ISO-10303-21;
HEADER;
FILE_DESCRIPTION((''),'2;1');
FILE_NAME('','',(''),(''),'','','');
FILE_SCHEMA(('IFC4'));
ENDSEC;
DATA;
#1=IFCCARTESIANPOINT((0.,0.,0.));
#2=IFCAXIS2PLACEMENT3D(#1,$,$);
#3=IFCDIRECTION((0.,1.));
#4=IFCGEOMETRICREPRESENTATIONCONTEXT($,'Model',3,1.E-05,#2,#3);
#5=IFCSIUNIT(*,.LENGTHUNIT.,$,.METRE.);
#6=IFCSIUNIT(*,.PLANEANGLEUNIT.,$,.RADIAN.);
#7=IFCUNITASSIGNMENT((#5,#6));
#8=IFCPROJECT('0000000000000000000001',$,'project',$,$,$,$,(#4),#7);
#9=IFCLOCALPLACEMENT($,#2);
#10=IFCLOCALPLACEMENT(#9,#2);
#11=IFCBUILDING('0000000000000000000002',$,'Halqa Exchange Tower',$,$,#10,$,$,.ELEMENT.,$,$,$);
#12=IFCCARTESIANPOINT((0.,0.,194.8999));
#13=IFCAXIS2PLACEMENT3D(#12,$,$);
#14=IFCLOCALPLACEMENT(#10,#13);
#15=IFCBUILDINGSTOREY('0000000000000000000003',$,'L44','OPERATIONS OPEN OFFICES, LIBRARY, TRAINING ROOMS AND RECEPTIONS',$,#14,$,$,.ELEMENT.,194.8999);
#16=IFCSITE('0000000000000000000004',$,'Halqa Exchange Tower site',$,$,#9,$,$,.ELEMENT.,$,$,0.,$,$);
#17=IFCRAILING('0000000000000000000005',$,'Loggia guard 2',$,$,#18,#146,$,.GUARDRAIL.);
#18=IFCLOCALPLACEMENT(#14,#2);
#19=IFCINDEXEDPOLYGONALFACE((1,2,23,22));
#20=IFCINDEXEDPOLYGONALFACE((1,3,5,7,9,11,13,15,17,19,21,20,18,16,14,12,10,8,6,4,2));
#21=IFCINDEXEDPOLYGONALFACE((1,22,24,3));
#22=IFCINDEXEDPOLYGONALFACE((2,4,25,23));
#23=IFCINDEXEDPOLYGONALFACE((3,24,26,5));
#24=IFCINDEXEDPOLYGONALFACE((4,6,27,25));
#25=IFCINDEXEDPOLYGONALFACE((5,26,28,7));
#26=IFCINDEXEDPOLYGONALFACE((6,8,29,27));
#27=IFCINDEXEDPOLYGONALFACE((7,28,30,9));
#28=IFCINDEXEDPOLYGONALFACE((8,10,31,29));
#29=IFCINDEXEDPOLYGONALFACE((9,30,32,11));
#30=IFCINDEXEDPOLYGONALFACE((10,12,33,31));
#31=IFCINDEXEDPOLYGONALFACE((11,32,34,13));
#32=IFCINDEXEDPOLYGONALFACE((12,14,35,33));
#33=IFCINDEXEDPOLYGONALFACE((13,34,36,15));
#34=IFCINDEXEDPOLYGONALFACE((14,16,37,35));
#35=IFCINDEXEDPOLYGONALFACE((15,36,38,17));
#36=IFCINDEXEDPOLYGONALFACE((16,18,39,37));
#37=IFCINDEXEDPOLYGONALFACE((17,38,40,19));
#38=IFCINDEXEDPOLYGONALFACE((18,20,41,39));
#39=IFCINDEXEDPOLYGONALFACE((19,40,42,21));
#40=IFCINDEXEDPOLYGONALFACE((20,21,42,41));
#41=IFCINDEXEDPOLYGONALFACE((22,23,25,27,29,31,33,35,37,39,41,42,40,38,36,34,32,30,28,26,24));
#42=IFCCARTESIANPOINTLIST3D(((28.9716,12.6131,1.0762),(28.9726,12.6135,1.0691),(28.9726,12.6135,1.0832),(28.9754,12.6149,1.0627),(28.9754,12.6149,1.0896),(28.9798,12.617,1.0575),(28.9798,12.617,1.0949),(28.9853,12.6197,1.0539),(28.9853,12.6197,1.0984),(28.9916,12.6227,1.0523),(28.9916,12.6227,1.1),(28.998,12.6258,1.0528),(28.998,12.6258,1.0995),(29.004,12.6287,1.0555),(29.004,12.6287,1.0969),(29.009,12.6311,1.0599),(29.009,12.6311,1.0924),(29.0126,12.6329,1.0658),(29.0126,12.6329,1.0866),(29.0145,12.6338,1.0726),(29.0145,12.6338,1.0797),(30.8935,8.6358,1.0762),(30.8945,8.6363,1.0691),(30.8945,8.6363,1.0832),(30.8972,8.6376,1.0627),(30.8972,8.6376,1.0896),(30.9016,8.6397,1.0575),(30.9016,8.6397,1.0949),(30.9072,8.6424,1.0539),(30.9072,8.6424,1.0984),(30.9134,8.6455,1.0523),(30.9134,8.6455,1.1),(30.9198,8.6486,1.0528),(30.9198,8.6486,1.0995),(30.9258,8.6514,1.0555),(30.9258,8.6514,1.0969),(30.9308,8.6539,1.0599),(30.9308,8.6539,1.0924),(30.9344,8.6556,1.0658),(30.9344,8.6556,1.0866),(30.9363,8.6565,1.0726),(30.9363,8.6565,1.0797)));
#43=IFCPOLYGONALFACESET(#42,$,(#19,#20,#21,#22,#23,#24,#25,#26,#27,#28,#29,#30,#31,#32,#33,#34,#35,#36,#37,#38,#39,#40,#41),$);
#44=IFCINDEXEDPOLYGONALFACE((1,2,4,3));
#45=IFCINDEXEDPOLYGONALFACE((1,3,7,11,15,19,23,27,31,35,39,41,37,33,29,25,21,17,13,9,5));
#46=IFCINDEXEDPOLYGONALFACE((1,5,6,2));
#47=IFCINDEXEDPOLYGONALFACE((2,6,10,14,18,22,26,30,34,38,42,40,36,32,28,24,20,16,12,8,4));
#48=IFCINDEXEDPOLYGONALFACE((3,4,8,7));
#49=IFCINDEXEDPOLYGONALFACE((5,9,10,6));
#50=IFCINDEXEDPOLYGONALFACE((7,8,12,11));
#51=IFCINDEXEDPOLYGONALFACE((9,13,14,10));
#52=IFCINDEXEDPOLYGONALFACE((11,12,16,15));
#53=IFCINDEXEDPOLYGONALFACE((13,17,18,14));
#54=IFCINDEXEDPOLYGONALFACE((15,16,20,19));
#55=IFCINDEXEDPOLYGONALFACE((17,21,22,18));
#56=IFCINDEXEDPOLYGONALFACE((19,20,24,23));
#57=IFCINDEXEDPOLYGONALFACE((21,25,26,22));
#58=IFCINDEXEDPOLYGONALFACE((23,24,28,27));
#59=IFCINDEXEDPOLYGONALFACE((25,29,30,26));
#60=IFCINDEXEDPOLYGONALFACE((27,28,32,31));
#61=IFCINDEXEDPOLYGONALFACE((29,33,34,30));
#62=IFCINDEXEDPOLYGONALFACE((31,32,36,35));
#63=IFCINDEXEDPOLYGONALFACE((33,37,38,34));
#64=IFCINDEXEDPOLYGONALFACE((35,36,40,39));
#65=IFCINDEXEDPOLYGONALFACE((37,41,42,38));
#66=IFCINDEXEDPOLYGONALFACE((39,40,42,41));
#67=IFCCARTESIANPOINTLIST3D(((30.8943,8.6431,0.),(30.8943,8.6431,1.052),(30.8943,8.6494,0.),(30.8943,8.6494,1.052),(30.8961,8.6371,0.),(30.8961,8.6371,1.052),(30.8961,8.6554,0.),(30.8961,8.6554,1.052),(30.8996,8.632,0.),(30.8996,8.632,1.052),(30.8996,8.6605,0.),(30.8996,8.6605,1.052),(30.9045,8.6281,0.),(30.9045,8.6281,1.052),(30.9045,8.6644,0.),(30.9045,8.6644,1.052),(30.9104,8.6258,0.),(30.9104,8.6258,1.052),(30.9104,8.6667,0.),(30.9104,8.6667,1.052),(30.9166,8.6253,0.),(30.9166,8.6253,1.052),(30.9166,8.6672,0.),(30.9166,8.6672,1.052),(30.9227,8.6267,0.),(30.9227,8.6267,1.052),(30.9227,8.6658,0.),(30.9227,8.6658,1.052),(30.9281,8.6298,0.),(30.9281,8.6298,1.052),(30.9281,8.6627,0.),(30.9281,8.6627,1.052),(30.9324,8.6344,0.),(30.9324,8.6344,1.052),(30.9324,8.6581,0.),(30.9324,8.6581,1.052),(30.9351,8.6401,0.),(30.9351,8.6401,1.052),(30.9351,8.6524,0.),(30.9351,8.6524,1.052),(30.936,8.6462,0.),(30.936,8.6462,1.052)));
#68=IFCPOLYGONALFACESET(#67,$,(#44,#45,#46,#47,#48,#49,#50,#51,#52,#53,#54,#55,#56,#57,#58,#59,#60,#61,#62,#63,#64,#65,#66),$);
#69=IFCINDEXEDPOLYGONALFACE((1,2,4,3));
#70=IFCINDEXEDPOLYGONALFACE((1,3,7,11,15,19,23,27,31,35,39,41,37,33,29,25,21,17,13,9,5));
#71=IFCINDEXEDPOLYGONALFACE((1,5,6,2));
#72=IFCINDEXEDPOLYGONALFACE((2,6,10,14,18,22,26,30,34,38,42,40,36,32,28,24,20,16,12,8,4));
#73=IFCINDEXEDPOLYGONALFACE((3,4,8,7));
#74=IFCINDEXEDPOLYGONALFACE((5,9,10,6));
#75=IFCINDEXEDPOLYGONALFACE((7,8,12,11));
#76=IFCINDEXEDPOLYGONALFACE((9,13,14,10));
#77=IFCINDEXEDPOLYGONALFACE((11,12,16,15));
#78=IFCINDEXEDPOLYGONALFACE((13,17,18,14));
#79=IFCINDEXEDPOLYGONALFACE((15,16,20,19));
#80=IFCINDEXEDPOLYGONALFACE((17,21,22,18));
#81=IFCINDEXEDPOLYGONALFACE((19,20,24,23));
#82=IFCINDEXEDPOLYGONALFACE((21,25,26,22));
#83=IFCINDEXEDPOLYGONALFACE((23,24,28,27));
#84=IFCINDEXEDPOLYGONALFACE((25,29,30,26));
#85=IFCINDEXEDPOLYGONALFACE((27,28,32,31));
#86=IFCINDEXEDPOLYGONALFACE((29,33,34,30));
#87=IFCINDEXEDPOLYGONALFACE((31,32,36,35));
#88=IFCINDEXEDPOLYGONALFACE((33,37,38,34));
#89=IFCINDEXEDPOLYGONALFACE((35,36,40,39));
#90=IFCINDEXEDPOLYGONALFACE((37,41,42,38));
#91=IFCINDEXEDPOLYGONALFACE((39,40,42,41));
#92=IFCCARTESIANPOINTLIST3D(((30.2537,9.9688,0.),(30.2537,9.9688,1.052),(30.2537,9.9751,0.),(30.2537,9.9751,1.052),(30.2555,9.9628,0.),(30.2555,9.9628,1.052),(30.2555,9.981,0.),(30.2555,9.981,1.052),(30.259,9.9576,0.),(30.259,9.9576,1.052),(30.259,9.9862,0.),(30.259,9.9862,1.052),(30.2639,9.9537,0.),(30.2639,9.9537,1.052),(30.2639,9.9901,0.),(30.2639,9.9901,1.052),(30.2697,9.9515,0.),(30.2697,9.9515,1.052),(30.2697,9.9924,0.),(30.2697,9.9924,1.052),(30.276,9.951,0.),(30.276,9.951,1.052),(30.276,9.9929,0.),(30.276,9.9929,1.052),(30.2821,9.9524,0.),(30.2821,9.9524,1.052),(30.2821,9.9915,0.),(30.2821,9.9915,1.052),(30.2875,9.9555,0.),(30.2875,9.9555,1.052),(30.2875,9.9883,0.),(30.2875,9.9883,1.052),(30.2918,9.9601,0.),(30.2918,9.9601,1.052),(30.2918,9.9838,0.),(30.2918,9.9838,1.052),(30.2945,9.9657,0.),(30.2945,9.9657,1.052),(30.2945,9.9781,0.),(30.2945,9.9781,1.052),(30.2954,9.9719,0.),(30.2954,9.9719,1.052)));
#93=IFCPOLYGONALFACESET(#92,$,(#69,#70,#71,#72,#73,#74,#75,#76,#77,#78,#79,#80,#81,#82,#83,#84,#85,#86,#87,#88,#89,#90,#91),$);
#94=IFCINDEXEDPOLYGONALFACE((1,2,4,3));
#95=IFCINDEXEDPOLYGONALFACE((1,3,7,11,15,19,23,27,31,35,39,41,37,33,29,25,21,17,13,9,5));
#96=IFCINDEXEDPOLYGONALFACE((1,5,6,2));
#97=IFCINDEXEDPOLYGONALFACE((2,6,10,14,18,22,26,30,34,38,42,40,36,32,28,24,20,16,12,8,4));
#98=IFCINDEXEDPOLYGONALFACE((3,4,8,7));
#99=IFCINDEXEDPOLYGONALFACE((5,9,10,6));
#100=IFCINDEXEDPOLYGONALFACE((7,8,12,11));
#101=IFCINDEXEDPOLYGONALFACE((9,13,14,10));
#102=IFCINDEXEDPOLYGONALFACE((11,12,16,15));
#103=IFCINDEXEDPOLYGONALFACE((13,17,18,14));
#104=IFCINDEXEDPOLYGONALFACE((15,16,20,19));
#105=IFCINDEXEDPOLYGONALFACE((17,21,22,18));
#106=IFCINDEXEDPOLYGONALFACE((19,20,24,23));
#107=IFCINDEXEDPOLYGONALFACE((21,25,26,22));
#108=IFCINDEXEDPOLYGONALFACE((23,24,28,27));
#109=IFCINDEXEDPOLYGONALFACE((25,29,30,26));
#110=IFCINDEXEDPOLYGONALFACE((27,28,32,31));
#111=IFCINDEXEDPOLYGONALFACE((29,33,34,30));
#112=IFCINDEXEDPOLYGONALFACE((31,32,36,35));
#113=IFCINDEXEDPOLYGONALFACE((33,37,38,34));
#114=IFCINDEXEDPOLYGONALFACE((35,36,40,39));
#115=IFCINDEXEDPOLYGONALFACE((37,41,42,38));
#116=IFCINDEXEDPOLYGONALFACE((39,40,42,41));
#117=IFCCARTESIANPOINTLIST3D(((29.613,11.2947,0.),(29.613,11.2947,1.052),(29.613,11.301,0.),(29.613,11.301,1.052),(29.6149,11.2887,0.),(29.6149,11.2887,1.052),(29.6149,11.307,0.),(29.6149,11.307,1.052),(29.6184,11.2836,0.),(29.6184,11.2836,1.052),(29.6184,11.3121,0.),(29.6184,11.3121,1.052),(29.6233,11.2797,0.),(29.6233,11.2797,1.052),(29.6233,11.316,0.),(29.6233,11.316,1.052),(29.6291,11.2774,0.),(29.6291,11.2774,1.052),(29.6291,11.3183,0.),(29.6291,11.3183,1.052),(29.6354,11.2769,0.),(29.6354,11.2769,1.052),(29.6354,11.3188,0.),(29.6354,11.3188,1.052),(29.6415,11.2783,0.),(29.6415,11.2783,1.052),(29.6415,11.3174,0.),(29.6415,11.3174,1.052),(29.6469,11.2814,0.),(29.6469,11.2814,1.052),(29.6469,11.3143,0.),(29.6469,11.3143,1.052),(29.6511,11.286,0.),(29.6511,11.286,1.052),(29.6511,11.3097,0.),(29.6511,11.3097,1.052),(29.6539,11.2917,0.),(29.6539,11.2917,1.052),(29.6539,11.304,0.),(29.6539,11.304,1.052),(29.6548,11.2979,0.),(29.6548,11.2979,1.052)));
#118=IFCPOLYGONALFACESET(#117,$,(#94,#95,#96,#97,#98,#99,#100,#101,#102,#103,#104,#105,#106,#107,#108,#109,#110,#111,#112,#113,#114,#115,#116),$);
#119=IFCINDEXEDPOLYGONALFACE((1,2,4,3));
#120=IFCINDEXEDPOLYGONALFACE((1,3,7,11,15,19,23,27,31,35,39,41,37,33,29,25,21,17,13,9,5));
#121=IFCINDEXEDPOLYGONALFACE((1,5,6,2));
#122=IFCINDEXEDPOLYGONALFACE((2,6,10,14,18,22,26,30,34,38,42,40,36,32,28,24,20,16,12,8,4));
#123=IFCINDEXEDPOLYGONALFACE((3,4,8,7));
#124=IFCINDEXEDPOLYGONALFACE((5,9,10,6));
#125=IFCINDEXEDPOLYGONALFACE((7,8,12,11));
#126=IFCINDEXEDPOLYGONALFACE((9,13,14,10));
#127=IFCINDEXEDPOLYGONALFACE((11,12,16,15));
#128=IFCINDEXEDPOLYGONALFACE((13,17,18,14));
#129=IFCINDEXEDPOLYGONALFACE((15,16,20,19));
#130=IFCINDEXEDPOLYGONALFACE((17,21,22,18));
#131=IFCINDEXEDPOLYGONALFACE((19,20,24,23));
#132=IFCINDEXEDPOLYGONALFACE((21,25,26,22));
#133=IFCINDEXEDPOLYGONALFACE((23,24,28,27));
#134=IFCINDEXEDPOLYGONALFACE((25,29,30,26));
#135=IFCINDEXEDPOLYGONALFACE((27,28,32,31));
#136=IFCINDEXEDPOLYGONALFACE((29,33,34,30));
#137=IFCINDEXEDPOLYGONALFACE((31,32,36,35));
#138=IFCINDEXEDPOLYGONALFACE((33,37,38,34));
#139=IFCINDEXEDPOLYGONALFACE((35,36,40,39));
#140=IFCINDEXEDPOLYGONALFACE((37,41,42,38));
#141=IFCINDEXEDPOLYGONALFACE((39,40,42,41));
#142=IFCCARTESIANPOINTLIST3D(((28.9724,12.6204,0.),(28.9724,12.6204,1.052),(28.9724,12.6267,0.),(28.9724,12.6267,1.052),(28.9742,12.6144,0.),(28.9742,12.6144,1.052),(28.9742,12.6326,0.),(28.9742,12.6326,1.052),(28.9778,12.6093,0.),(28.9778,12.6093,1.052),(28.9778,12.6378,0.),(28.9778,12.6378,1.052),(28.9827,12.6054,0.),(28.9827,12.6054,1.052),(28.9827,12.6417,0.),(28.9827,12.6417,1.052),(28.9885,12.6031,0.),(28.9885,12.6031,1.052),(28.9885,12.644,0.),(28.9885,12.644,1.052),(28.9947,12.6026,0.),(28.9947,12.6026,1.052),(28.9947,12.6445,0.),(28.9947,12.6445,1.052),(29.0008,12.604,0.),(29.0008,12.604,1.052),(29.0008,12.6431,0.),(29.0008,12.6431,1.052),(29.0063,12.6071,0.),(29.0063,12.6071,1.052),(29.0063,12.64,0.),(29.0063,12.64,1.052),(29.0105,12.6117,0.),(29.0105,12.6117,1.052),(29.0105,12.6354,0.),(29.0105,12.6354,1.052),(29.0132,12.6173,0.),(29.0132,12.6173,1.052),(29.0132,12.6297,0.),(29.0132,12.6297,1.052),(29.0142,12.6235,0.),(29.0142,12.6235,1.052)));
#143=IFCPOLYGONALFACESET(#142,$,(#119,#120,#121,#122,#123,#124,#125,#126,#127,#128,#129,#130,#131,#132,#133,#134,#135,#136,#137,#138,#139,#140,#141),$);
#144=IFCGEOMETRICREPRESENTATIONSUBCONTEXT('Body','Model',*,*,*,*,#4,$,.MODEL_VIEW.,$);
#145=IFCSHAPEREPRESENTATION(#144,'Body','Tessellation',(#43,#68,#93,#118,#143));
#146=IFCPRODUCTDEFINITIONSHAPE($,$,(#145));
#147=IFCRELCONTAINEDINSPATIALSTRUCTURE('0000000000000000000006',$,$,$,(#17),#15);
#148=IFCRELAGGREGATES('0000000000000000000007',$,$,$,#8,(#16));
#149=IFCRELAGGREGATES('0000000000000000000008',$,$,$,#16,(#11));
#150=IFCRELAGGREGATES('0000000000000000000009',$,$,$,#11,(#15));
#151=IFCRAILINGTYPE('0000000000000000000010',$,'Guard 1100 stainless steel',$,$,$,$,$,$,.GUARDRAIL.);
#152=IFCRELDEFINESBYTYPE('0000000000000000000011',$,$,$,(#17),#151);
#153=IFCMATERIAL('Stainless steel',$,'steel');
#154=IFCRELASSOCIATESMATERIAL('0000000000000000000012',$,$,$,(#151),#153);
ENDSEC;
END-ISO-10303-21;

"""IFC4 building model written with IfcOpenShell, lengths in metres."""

from ifc_helpers import new_model, si_unit, direction, frame, origin, origin_2d, place, context, subcontext, project, spatial, circle, extrude, material, type_object, element, save


model = new_model("IFC4")

# Units and contexts
model_context = context("Model", 3, precision=1e-05, world=origin(), true_north=direction((0.0, 1.0)))
body_context = subcontext(model_context, "Body", "Model", "MODEL_VIEW")
ifc_project = project(units=[si_unit("LENGTHUNIT", "METRE"), si_unit("PLANEANGLEUNIT", "RADIAN")], contexts=[model_context])

# Site, building, storey
site_placement = place(None, origin())
site = spatial("IfcSite", under=ifc_project, at=site_placement, Name="Halqa Exchange Tower site", CompositionType="ELEMENT", RefElevation=0.0)
building_placement = place(site_placement, origin())
building = spatial("IfcBuilding", under=site, at=building_placement, Name="Halqa Exchange Tower", CompositionType="ELEMENT")
storey_placement = place(building_placement, frame((0.0, 0.0, 194.8999)))
storey = spatial("IfcBuildingStorey", under=building, at=storey_placement, Name="L44", Description="OPERATIONS OPEN OFFICES, LIBRARY, TRAINING ROOMS AND RECEPTIONS", CompositionType="ELEMENT", Elevation=194.8999)

# Railing
ifc_material_1 = material(Name="Stainless steel", Category="steel")
railing_type = type_object("IfcRailingType", Name="Guard 1100 stainless steel", PredefinedType="GUARDRAIL", material=ifc_material_1)
railing_1_placement = place(storey_placement, frame((30.915, 8.6462, 0.0)))
element("IfcRailing", 1, at=railing_1_placement, inside=storey, type_object=railing_type, Name="Loggia guard 2", PredefinedType="GUARDRAIL", context=body_context, shape_type="SweptSolid", body=[
    extrude(circle(Radius=0.0239, at=origin_2d()), frame((0.0, 0.0, 1.0762), z_axis=(-0.43508, 0.900392, 0.0), x_axis=(-0.900392, -0.43508, 0.0)), (0.0, 0.0, 1.0), 4.4172),
    extrude(circle(Radius=0.021, at=origin_2d()), origin(), (0.0, 0.0, 1.0), 1.052),
    extrude(circle(Radius=0.021, at=origin_2d()), frame((-0.6406, 1.3257, 0.0)), (0.0, 0.0, 1.0), 1.052),
    extrude(circle(Radius=0.021, at=origin_2d()), frame((-1.2812, 2.6516, 0.0)), (0.0, 0.0, 1.0), 1.052),
    extrude(circle(Radius=0.021, at=origin_2d()), frame((-1.9219, 3.9773, 0.0)), (0.0, 0.0, 1.0), 1.052),
])

save(model, "model.ifc")
